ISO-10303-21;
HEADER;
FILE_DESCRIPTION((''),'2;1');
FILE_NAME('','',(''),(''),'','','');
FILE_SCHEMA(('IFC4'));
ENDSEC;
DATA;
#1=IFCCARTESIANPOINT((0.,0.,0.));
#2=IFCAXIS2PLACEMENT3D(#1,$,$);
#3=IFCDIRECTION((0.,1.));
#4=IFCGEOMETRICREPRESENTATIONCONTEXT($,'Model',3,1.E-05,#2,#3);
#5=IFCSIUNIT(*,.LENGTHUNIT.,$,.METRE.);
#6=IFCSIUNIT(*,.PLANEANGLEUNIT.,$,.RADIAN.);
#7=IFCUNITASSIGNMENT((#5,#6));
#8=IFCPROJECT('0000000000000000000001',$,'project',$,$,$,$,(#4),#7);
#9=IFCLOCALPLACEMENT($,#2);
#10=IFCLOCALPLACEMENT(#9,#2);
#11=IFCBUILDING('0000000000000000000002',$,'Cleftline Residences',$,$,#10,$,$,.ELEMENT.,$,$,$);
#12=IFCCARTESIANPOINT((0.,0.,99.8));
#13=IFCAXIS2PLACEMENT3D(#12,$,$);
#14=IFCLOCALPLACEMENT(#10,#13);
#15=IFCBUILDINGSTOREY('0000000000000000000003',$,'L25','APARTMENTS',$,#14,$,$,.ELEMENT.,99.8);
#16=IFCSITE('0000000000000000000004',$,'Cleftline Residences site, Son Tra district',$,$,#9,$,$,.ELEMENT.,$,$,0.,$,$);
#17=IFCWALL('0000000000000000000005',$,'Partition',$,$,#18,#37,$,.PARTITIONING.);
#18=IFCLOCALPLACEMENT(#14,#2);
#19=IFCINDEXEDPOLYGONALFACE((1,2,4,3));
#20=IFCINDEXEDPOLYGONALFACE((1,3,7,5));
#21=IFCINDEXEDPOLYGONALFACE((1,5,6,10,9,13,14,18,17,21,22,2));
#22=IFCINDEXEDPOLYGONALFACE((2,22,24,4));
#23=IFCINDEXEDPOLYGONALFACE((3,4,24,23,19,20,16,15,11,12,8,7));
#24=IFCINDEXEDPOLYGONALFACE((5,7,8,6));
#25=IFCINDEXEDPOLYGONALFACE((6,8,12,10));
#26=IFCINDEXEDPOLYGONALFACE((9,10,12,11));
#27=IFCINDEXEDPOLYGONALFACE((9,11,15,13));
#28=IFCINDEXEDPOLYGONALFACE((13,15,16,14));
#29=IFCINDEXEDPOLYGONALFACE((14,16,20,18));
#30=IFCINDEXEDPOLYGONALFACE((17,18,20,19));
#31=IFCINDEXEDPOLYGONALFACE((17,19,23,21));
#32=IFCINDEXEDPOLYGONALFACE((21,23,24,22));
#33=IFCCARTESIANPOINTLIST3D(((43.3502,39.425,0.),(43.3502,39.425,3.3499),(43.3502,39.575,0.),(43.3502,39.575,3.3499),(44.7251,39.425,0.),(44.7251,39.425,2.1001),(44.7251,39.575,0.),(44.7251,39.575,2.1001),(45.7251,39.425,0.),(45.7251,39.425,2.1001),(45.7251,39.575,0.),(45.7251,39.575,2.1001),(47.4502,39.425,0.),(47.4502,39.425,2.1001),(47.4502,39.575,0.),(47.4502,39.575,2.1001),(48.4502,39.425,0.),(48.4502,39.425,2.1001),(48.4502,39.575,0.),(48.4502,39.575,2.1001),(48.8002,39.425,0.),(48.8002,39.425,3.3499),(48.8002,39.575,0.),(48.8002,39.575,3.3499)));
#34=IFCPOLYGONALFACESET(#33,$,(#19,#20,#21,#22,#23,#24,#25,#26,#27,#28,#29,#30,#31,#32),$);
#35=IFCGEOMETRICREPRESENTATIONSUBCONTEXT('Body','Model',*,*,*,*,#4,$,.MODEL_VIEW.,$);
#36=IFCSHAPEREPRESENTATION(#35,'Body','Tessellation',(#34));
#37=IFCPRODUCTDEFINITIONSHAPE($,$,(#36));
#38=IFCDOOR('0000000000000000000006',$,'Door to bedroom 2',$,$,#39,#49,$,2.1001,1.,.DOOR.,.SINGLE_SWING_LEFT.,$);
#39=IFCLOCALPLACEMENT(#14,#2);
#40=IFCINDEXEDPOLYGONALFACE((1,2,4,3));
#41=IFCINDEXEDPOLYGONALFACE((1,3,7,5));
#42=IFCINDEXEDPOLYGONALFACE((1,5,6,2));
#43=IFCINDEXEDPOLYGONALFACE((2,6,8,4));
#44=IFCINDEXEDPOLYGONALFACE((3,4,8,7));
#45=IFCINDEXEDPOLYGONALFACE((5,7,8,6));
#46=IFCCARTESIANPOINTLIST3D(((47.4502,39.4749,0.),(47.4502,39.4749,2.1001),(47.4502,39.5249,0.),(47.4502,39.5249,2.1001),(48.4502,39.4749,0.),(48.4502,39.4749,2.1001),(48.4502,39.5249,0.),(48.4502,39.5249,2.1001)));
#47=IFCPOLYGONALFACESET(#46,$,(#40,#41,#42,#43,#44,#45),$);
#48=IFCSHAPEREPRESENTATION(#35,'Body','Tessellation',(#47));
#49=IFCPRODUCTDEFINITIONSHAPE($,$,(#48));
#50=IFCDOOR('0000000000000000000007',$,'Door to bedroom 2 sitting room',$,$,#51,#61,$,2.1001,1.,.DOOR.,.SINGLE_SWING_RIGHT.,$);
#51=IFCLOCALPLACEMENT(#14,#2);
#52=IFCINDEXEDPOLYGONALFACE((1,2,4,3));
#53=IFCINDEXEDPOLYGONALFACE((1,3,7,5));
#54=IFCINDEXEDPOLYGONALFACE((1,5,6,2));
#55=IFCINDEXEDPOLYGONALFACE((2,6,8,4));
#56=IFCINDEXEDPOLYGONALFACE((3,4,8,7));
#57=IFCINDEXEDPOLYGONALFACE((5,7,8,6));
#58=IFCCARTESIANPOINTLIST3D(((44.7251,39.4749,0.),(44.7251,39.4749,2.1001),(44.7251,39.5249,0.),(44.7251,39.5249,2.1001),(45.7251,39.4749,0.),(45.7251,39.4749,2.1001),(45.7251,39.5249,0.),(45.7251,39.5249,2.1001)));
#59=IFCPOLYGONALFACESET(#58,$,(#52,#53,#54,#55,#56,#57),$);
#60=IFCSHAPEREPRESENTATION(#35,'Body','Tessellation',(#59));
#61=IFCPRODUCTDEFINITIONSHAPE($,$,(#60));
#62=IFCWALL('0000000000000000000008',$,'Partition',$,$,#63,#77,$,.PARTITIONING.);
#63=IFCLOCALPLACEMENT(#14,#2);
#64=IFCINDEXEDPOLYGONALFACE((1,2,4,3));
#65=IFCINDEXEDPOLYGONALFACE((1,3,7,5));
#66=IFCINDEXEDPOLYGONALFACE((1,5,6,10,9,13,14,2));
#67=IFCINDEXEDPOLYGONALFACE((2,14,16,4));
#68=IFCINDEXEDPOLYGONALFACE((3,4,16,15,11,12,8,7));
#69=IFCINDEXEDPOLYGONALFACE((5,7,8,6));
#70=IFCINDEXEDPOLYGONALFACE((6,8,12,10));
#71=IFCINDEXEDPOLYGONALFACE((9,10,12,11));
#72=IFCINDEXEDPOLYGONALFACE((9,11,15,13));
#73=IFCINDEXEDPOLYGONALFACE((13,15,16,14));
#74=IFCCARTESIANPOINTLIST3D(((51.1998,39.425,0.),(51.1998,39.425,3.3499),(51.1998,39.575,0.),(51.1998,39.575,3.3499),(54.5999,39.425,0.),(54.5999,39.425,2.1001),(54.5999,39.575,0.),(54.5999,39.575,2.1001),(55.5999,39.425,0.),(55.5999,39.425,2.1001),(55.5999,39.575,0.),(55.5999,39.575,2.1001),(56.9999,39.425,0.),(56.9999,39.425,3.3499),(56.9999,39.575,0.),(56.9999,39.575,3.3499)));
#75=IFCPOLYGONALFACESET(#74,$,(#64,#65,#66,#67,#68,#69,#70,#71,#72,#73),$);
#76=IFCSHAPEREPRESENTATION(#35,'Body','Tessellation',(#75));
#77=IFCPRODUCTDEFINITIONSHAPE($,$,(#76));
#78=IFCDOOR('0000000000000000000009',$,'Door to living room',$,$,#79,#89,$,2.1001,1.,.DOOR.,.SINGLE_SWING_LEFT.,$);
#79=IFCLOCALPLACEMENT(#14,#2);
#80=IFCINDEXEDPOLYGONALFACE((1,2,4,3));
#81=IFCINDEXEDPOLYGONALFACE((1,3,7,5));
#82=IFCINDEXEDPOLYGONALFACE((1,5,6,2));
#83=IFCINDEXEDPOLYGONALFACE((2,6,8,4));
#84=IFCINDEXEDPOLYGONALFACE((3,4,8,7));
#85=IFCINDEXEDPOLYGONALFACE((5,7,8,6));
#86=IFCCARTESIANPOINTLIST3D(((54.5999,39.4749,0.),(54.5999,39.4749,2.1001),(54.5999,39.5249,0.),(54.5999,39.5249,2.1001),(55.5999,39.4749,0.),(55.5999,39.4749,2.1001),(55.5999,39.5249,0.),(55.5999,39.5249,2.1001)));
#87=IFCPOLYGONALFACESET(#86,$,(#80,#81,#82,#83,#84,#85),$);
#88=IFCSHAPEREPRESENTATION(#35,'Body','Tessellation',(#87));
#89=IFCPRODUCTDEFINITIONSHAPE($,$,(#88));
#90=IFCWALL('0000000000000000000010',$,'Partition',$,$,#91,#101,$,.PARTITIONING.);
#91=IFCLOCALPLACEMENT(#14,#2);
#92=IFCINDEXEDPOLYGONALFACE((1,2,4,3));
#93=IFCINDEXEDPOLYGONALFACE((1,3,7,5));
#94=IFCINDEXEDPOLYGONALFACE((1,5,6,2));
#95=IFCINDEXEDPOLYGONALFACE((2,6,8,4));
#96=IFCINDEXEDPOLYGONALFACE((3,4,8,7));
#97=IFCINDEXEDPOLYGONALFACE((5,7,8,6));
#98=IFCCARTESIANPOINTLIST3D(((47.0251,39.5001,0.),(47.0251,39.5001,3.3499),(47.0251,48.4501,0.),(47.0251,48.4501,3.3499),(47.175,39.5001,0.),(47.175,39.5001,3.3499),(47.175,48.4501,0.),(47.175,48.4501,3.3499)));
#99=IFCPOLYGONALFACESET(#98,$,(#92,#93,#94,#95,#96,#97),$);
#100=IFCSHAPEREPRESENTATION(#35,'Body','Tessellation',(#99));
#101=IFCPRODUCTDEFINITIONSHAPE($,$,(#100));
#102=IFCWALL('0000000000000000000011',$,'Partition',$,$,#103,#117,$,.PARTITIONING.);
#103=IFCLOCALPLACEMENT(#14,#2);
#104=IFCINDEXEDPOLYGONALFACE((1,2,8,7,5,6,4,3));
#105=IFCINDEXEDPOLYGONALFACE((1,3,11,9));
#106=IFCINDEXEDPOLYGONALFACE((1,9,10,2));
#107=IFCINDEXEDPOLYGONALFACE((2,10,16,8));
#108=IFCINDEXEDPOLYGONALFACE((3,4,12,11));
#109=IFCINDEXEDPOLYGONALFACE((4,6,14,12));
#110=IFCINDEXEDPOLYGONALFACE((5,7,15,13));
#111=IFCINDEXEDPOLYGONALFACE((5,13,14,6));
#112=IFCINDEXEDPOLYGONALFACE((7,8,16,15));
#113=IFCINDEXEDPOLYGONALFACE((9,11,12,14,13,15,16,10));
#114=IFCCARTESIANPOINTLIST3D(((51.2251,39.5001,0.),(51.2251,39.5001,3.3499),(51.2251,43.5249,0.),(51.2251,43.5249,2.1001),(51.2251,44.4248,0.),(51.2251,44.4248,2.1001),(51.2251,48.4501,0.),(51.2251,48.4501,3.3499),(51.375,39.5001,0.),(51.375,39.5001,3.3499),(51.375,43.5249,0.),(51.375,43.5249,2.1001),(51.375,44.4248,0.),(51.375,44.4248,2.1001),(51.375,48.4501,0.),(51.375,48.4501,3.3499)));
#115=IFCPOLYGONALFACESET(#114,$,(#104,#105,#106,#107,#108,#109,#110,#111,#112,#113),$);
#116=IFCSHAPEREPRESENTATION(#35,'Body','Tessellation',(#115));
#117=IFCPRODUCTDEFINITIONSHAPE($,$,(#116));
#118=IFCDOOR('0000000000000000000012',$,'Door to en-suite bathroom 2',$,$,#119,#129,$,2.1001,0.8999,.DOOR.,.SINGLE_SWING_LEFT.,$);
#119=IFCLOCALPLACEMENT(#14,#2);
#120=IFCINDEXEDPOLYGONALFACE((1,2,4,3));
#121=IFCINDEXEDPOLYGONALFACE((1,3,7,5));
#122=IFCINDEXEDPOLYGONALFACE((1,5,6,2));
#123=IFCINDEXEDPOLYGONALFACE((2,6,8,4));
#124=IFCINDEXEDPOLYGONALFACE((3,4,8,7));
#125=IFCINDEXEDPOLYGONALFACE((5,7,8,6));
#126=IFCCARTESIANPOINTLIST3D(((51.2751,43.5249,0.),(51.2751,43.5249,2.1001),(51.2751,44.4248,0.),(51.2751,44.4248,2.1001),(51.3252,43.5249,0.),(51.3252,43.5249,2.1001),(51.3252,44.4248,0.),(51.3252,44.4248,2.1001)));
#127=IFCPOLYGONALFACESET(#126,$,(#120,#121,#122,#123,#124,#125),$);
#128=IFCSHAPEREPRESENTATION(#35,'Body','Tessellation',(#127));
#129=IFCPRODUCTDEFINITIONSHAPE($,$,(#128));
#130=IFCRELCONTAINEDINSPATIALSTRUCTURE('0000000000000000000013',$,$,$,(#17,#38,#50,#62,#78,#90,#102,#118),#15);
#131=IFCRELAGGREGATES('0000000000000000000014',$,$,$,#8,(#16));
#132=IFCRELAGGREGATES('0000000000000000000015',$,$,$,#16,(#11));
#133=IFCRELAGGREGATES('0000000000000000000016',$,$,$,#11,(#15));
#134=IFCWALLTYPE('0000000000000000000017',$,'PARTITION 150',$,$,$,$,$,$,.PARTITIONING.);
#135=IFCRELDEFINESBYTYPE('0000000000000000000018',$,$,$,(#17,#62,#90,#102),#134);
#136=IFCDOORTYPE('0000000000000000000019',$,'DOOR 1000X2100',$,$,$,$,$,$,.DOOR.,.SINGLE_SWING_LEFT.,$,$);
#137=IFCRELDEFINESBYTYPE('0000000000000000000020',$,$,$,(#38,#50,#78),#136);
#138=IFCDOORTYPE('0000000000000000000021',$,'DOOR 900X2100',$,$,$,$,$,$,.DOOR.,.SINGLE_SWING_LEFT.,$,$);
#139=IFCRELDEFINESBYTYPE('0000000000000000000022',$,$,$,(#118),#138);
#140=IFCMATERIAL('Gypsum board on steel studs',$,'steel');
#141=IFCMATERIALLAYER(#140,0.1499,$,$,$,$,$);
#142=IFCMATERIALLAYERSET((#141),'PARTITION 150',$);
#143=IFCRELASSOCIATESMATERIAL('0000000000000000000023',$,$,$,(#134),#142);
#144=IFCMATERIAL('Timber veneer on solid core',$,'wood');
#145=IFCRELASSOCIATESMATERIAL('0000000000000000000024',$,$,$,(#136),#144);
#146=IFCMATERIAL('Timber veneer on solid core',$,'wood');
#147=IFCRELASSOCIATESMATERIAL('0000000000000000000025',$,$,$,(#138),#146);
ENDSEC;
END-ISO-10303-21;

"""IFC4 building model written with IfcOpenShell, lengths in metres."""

from ifc_helpers import new_model, si_unit, direction, frame, frame_2d, origin, place, context, subcontext, project, spatial, rectangle, extrude, material, layer, layer_set, type_object, element, fill, save


model = new_model("IFC4")

# Units and contexts
model_context = context("Model", 3, precision=1e-05, world=origin(), true_north=direction((0.0, 1.0)))
body_context = subcontext(model_context, "Body", "Model", "MODEL_VIEW")
ifc_project = project(units=[si_unit("LENGTHUNIT", "METRE"), si_unit("PLANEANGLEUNIT", "RADIAN")], contexts=[model_context])

# Site, building, storey
site_placement = place(None, origin())
site = spatial("IfcSite", under=ifc_project, at=site_placement, Name="Cleftline Residences site, Son Tra district", CompositionType="ELEMENT", RefElevation=0.0)
building_placement = place(site_placement, origin())
building = spatial("IfcBuilding", under=site, at=building_placement, Name="Cleftline Residences", CompositionType="ELEMENT")
storey_placement = place(building_placement, frame((0.0, 0.0, 99.8)))
storey = spatial("IfcBuildingStorey", under=building, at=storey_placement, Name="L25", Description="APARTMENTS", CompositionType="ELEMENT", Elevation=99.8)

# Wall, openings, doors
ifc_material_1 = material(Name="Gypsum board on steel studs", Category="steel")
ifc_layer_1 = layer(ifc_material_1, 0.1499)
ifc_layer_set_1 = layer_set([ifc_layer_1], Name="PARTITION 150")
wall_type = type_object("IfcWallType", Name="PARTITION 150", PredefinedType="PARTITIONING", material=ifc_layer_set_1)
wall_1_placement = place(storey_placement, frame((43.3501, 39.5, 0.0), z_axis=(0.0, 0.0, 1.0), x_axis=(1.0, 0.0, 0.0)))
wall_1 = element("IfcWall", 1, at=wall_1_placement, inside=storey, type_object=wall_type, Name="Partition", PredefinedType="PARTITIONING", context=body_context, shape_type="SweptSolid", body=[
    extrude(rectangle(XDim=5.45, YDim=0.1499, at=frame_2d((2.7251, 0.0))), origin(), (0.0, 0.0, 1.0), 3.3499),
])
opening_1_placement = place(wall_1_placement, frame((4.1001, 0.0, 0.0)))
opening_1 = element("IfcOpeningElement", 2, at=opening_1_placement, cuts=wall_1, PredefinedType="OPENING", context=body_context, shape_type="SweptSolid", body=[
    extrude(rectangle(XDim=1.0, YDim=2.1001, at=frame_2d((0.5, 1.05))), frame((0.0, 0.085, 0.0), z_axis=(0.0, -1.0, 0.0), x_axis=(1.0, 0.0, 0.0)), (0.0, 0.0, 1.0), 0.1699),
])
opening_2_placement = place(wall_1_placement, frame((1.375, 0.0, 0.0)))
opening_2 = element("IfcOpeningElement", 3, at=opening_2_placement, cuts=wall_1, PredefinedType="OPENING", context=body_context, shape_type="SweptSolid", body=[
    extrude(rectangle(XDim=1.0, YDim=2.1001, at=frame_2d((0.5, 1.05))), frame((0.0, 0.085, 0.0), z_axis=(0.0, -1.0, 0.0), x_axis=(1.0, 0.0, 0.0)), (0.0, 0.0, 1.0), 0.1699),
])
ifc_material_2 = material(Name="Timber veneer on solid core", Category="wood")
door_type_1 = type_object("IfcDoorType", Name="DOOR 1000X2100", OperationType="SINGLE_SWING_LEFT", PredefinedType="DOOR", material=ifc_material_2)
door_1_placement = place(opening_1_placement, origin())
door_1 = element("IfcDoor", 4, at=door_1_placement, inside=storey, type_object=door_type_1, Name="Door to bedroom 2", OperationType="SINGLE_SWING_LEFT", OverallHeight=2.1001, OverallWidth=1.0, PredefinedType="DOOR", context=body_context, shape_type="SweptSolid", body=[
    extrude(rectangle(XDim=1.0, YDim=2.1001, at=frame_2d((0.5, 1.05))), frame((0.0, 0.0249, 0.0), z_axis=(0.0, -1.0, 0.0), x_axis=(1.0, 0.0, 0.0)), (0.0, 0.0, 1.0), 0.05),
])
fill(opening_1, door_1)
door_2_placement = place(opening_2_placement, origin())
door_2 = element("IfcDoor", 5, at=door_2_placement, inside=storey, type_object=door_type_1, Name="Door to bedroom 2 sitting room", OperationType="SINGLE_SWING_RIGHT", OverallHeight=2.1001, OverallWidth=1.0, PredefinedType="DOOR", context=body_context, shape_type="SweptSolid", body=[
    extrude(rectangle(XDim=1.0, YDim=2.1001, at=frame_2d((0.5, 1.05))), frame((0.0, 0.0249, 0.0), z_axis=(0.0, -1.0, 0.0), x_axis=(1.0, 0.0, 0.0)), (0.0, 0.0, 1.0), 0.05),
])
fill(opening_2, door_2)

# Wall, opening, door
wall_2_placement = place(storey_placement, frame((51.2, 39.5, 0.0), z_axis=(0.0, 0.0, 1.0), x_axis=(1.0, 0.0, 0.0)))
wall_2 = element("IfcWall", 6, at=wall_2_placement, inside=storey, type_object=wall_type, Name="Partition", PredefinedType="PARTITIONING", context=body_context, shape_type="SweptSolid", body=[
    extrude(rectangle(XDim=5.8, YDim=0.1499, at=frame_2d((2.8999, 0.0))), origin(), (0.0, 0.0, 1.0), 3.3499),
])
opening_3_placement = place(wall_2_placement, frame((3.3999, 0.0, 0.0)))
opening_3 = element("IfcOpeningElement", 7, at=opening_3_placement, cuts=wall_2, PredefinedType="OPENING", context=body_context, shape_type="SweptSolid", body=[
    extrude(rectangle(XDim=1.0, YDim=2.1001, at=frame_2d((0.5, 1.05))), frame((0.0, 0.085, 0.0), z_axis=(0.0, -1.0, 0.0), x_axis=(1.0, 0.0, 0.0)), (0.0, 0.0, 1.0), 0.1699),
])
door_3_placement = place(opening_3_placement, origin())
door_3 = element("IfcDoor", 8, at=door_3_placement, inside=storey, type_object=door_type_1, Name="Door to living room", OperationType="SINGLE_SWING_LEFT", OverallHeight=2.1001, OverallWidth=1.0, PredefinedType="DOOR", context=body_context, shape_type="SweptSolid", body=[
    extrude(rectangle(XDim=1.0, YDim=2.1001, at=frame_2d((0.5, 1.05))), frame((0.0, 0.0249, 0.0), z_axis=(0.0, -1.0, 0.0), x_axis=(1.0, 0.0, 0.0)), (0.0, 0.0, 1.0), 0.05),
])
fill(opening_3, door_3)

# Wall
wall_3_placement = place(storey_placement, frame((47.1001, 39.5, 0.0), z_axis=(0.0, 0.0, 1.0), x_axis=(0.0, 1.0, 0.0)))
element("IfcWall", 9, at=wall_3_placement, inside=storey, type_object=wall_type, Name="Partition", PredefinedType="PARTITIONING", context=body_context, shape_type="SweptSolid", body=[
    extrude(rectangle(XDim=8.95, YDim=0.1499, at=frame_2d((4.4751, 0.0))), origin(), (0.0, 0.0, 1.0), 3.3499),
])

# Wall, opening, door
wall_4_placement = place(storey_placement, frame((51.3, 39.5, 0.0), z_axis=(0.0, 0.0, 1.0), x_axis=(0.0, 1.0, 0.0)))
wall_4 = element("IfcWall", 10, at=wall_4_placement, inside=storey, type_object=wall_type, Name="Partition", PredefinedType="PARTITIONING", context=body_context, shape_type="SweptSolid", body=[
    extrude(rectangle(XDim=8.95, YDim=0.1499, at=frame_2d((4.4751, 0.0))), origin(), (0.0, 0.0, 1.0), 3.3499),
])
opening_4_placement = place(wall_4_placement, frame((4.0249, 0.0, 0.0)))
opening_4 = element("IfcOpeningElement", 11, at=opening_4_placement, cuts=wall_4, PredefinedType="OPENING", context=body_context, shape_type="SweptSolid", body=[
    extrude(rectangle(XDim=0.8999, YDim=2.1001, at=frame_2d((0.45, 1.05))), frame((0.0, 0.085, 0.0), z_axis=(0.0, -1.0, 0.0), x_axis=(1.0, 0.0, 0.0)), (0.0, 0.0, 1.0), 0.1699),
])
ifc_material_3 = material(Name="Timber veneer on solid core", Category="wood")
door_type_2 = type_object("IfcDoorType", Name="DOOR 900X2100", OperationType="SINGLE_SWING_LEFT", PredefinedType="DOOR", material=ifc_material_3)
door_4_placement = place(opening_4_placement, origin())
door_4 = element("IfcDoor", 12, at=door_4_placement, inside=storey, type_object=door_type_2, Name="Door to en-suite bathroom 2", OperationType="SINGLE_SWING_LEFT", OverallHeight=2.1001, OverallWidth=0.8999, PredefinedType="DOOR", context=body_context, shape_type="SweptSolid", body=[
    extrude(rectangle(XDim=0.8999, YDim=2.1001, at=frame_2d((0.45, 1.05))), frame((0.0, 0.0249, 0.0), z_axis=(0.0, -1.0, 0.0), x_axis=(1.0, 0.0, 0.0)), (0.0, 0.0, 1.0), 0.05),
])
fill(opening_4, door_4)

save(model, "model.ifc")
